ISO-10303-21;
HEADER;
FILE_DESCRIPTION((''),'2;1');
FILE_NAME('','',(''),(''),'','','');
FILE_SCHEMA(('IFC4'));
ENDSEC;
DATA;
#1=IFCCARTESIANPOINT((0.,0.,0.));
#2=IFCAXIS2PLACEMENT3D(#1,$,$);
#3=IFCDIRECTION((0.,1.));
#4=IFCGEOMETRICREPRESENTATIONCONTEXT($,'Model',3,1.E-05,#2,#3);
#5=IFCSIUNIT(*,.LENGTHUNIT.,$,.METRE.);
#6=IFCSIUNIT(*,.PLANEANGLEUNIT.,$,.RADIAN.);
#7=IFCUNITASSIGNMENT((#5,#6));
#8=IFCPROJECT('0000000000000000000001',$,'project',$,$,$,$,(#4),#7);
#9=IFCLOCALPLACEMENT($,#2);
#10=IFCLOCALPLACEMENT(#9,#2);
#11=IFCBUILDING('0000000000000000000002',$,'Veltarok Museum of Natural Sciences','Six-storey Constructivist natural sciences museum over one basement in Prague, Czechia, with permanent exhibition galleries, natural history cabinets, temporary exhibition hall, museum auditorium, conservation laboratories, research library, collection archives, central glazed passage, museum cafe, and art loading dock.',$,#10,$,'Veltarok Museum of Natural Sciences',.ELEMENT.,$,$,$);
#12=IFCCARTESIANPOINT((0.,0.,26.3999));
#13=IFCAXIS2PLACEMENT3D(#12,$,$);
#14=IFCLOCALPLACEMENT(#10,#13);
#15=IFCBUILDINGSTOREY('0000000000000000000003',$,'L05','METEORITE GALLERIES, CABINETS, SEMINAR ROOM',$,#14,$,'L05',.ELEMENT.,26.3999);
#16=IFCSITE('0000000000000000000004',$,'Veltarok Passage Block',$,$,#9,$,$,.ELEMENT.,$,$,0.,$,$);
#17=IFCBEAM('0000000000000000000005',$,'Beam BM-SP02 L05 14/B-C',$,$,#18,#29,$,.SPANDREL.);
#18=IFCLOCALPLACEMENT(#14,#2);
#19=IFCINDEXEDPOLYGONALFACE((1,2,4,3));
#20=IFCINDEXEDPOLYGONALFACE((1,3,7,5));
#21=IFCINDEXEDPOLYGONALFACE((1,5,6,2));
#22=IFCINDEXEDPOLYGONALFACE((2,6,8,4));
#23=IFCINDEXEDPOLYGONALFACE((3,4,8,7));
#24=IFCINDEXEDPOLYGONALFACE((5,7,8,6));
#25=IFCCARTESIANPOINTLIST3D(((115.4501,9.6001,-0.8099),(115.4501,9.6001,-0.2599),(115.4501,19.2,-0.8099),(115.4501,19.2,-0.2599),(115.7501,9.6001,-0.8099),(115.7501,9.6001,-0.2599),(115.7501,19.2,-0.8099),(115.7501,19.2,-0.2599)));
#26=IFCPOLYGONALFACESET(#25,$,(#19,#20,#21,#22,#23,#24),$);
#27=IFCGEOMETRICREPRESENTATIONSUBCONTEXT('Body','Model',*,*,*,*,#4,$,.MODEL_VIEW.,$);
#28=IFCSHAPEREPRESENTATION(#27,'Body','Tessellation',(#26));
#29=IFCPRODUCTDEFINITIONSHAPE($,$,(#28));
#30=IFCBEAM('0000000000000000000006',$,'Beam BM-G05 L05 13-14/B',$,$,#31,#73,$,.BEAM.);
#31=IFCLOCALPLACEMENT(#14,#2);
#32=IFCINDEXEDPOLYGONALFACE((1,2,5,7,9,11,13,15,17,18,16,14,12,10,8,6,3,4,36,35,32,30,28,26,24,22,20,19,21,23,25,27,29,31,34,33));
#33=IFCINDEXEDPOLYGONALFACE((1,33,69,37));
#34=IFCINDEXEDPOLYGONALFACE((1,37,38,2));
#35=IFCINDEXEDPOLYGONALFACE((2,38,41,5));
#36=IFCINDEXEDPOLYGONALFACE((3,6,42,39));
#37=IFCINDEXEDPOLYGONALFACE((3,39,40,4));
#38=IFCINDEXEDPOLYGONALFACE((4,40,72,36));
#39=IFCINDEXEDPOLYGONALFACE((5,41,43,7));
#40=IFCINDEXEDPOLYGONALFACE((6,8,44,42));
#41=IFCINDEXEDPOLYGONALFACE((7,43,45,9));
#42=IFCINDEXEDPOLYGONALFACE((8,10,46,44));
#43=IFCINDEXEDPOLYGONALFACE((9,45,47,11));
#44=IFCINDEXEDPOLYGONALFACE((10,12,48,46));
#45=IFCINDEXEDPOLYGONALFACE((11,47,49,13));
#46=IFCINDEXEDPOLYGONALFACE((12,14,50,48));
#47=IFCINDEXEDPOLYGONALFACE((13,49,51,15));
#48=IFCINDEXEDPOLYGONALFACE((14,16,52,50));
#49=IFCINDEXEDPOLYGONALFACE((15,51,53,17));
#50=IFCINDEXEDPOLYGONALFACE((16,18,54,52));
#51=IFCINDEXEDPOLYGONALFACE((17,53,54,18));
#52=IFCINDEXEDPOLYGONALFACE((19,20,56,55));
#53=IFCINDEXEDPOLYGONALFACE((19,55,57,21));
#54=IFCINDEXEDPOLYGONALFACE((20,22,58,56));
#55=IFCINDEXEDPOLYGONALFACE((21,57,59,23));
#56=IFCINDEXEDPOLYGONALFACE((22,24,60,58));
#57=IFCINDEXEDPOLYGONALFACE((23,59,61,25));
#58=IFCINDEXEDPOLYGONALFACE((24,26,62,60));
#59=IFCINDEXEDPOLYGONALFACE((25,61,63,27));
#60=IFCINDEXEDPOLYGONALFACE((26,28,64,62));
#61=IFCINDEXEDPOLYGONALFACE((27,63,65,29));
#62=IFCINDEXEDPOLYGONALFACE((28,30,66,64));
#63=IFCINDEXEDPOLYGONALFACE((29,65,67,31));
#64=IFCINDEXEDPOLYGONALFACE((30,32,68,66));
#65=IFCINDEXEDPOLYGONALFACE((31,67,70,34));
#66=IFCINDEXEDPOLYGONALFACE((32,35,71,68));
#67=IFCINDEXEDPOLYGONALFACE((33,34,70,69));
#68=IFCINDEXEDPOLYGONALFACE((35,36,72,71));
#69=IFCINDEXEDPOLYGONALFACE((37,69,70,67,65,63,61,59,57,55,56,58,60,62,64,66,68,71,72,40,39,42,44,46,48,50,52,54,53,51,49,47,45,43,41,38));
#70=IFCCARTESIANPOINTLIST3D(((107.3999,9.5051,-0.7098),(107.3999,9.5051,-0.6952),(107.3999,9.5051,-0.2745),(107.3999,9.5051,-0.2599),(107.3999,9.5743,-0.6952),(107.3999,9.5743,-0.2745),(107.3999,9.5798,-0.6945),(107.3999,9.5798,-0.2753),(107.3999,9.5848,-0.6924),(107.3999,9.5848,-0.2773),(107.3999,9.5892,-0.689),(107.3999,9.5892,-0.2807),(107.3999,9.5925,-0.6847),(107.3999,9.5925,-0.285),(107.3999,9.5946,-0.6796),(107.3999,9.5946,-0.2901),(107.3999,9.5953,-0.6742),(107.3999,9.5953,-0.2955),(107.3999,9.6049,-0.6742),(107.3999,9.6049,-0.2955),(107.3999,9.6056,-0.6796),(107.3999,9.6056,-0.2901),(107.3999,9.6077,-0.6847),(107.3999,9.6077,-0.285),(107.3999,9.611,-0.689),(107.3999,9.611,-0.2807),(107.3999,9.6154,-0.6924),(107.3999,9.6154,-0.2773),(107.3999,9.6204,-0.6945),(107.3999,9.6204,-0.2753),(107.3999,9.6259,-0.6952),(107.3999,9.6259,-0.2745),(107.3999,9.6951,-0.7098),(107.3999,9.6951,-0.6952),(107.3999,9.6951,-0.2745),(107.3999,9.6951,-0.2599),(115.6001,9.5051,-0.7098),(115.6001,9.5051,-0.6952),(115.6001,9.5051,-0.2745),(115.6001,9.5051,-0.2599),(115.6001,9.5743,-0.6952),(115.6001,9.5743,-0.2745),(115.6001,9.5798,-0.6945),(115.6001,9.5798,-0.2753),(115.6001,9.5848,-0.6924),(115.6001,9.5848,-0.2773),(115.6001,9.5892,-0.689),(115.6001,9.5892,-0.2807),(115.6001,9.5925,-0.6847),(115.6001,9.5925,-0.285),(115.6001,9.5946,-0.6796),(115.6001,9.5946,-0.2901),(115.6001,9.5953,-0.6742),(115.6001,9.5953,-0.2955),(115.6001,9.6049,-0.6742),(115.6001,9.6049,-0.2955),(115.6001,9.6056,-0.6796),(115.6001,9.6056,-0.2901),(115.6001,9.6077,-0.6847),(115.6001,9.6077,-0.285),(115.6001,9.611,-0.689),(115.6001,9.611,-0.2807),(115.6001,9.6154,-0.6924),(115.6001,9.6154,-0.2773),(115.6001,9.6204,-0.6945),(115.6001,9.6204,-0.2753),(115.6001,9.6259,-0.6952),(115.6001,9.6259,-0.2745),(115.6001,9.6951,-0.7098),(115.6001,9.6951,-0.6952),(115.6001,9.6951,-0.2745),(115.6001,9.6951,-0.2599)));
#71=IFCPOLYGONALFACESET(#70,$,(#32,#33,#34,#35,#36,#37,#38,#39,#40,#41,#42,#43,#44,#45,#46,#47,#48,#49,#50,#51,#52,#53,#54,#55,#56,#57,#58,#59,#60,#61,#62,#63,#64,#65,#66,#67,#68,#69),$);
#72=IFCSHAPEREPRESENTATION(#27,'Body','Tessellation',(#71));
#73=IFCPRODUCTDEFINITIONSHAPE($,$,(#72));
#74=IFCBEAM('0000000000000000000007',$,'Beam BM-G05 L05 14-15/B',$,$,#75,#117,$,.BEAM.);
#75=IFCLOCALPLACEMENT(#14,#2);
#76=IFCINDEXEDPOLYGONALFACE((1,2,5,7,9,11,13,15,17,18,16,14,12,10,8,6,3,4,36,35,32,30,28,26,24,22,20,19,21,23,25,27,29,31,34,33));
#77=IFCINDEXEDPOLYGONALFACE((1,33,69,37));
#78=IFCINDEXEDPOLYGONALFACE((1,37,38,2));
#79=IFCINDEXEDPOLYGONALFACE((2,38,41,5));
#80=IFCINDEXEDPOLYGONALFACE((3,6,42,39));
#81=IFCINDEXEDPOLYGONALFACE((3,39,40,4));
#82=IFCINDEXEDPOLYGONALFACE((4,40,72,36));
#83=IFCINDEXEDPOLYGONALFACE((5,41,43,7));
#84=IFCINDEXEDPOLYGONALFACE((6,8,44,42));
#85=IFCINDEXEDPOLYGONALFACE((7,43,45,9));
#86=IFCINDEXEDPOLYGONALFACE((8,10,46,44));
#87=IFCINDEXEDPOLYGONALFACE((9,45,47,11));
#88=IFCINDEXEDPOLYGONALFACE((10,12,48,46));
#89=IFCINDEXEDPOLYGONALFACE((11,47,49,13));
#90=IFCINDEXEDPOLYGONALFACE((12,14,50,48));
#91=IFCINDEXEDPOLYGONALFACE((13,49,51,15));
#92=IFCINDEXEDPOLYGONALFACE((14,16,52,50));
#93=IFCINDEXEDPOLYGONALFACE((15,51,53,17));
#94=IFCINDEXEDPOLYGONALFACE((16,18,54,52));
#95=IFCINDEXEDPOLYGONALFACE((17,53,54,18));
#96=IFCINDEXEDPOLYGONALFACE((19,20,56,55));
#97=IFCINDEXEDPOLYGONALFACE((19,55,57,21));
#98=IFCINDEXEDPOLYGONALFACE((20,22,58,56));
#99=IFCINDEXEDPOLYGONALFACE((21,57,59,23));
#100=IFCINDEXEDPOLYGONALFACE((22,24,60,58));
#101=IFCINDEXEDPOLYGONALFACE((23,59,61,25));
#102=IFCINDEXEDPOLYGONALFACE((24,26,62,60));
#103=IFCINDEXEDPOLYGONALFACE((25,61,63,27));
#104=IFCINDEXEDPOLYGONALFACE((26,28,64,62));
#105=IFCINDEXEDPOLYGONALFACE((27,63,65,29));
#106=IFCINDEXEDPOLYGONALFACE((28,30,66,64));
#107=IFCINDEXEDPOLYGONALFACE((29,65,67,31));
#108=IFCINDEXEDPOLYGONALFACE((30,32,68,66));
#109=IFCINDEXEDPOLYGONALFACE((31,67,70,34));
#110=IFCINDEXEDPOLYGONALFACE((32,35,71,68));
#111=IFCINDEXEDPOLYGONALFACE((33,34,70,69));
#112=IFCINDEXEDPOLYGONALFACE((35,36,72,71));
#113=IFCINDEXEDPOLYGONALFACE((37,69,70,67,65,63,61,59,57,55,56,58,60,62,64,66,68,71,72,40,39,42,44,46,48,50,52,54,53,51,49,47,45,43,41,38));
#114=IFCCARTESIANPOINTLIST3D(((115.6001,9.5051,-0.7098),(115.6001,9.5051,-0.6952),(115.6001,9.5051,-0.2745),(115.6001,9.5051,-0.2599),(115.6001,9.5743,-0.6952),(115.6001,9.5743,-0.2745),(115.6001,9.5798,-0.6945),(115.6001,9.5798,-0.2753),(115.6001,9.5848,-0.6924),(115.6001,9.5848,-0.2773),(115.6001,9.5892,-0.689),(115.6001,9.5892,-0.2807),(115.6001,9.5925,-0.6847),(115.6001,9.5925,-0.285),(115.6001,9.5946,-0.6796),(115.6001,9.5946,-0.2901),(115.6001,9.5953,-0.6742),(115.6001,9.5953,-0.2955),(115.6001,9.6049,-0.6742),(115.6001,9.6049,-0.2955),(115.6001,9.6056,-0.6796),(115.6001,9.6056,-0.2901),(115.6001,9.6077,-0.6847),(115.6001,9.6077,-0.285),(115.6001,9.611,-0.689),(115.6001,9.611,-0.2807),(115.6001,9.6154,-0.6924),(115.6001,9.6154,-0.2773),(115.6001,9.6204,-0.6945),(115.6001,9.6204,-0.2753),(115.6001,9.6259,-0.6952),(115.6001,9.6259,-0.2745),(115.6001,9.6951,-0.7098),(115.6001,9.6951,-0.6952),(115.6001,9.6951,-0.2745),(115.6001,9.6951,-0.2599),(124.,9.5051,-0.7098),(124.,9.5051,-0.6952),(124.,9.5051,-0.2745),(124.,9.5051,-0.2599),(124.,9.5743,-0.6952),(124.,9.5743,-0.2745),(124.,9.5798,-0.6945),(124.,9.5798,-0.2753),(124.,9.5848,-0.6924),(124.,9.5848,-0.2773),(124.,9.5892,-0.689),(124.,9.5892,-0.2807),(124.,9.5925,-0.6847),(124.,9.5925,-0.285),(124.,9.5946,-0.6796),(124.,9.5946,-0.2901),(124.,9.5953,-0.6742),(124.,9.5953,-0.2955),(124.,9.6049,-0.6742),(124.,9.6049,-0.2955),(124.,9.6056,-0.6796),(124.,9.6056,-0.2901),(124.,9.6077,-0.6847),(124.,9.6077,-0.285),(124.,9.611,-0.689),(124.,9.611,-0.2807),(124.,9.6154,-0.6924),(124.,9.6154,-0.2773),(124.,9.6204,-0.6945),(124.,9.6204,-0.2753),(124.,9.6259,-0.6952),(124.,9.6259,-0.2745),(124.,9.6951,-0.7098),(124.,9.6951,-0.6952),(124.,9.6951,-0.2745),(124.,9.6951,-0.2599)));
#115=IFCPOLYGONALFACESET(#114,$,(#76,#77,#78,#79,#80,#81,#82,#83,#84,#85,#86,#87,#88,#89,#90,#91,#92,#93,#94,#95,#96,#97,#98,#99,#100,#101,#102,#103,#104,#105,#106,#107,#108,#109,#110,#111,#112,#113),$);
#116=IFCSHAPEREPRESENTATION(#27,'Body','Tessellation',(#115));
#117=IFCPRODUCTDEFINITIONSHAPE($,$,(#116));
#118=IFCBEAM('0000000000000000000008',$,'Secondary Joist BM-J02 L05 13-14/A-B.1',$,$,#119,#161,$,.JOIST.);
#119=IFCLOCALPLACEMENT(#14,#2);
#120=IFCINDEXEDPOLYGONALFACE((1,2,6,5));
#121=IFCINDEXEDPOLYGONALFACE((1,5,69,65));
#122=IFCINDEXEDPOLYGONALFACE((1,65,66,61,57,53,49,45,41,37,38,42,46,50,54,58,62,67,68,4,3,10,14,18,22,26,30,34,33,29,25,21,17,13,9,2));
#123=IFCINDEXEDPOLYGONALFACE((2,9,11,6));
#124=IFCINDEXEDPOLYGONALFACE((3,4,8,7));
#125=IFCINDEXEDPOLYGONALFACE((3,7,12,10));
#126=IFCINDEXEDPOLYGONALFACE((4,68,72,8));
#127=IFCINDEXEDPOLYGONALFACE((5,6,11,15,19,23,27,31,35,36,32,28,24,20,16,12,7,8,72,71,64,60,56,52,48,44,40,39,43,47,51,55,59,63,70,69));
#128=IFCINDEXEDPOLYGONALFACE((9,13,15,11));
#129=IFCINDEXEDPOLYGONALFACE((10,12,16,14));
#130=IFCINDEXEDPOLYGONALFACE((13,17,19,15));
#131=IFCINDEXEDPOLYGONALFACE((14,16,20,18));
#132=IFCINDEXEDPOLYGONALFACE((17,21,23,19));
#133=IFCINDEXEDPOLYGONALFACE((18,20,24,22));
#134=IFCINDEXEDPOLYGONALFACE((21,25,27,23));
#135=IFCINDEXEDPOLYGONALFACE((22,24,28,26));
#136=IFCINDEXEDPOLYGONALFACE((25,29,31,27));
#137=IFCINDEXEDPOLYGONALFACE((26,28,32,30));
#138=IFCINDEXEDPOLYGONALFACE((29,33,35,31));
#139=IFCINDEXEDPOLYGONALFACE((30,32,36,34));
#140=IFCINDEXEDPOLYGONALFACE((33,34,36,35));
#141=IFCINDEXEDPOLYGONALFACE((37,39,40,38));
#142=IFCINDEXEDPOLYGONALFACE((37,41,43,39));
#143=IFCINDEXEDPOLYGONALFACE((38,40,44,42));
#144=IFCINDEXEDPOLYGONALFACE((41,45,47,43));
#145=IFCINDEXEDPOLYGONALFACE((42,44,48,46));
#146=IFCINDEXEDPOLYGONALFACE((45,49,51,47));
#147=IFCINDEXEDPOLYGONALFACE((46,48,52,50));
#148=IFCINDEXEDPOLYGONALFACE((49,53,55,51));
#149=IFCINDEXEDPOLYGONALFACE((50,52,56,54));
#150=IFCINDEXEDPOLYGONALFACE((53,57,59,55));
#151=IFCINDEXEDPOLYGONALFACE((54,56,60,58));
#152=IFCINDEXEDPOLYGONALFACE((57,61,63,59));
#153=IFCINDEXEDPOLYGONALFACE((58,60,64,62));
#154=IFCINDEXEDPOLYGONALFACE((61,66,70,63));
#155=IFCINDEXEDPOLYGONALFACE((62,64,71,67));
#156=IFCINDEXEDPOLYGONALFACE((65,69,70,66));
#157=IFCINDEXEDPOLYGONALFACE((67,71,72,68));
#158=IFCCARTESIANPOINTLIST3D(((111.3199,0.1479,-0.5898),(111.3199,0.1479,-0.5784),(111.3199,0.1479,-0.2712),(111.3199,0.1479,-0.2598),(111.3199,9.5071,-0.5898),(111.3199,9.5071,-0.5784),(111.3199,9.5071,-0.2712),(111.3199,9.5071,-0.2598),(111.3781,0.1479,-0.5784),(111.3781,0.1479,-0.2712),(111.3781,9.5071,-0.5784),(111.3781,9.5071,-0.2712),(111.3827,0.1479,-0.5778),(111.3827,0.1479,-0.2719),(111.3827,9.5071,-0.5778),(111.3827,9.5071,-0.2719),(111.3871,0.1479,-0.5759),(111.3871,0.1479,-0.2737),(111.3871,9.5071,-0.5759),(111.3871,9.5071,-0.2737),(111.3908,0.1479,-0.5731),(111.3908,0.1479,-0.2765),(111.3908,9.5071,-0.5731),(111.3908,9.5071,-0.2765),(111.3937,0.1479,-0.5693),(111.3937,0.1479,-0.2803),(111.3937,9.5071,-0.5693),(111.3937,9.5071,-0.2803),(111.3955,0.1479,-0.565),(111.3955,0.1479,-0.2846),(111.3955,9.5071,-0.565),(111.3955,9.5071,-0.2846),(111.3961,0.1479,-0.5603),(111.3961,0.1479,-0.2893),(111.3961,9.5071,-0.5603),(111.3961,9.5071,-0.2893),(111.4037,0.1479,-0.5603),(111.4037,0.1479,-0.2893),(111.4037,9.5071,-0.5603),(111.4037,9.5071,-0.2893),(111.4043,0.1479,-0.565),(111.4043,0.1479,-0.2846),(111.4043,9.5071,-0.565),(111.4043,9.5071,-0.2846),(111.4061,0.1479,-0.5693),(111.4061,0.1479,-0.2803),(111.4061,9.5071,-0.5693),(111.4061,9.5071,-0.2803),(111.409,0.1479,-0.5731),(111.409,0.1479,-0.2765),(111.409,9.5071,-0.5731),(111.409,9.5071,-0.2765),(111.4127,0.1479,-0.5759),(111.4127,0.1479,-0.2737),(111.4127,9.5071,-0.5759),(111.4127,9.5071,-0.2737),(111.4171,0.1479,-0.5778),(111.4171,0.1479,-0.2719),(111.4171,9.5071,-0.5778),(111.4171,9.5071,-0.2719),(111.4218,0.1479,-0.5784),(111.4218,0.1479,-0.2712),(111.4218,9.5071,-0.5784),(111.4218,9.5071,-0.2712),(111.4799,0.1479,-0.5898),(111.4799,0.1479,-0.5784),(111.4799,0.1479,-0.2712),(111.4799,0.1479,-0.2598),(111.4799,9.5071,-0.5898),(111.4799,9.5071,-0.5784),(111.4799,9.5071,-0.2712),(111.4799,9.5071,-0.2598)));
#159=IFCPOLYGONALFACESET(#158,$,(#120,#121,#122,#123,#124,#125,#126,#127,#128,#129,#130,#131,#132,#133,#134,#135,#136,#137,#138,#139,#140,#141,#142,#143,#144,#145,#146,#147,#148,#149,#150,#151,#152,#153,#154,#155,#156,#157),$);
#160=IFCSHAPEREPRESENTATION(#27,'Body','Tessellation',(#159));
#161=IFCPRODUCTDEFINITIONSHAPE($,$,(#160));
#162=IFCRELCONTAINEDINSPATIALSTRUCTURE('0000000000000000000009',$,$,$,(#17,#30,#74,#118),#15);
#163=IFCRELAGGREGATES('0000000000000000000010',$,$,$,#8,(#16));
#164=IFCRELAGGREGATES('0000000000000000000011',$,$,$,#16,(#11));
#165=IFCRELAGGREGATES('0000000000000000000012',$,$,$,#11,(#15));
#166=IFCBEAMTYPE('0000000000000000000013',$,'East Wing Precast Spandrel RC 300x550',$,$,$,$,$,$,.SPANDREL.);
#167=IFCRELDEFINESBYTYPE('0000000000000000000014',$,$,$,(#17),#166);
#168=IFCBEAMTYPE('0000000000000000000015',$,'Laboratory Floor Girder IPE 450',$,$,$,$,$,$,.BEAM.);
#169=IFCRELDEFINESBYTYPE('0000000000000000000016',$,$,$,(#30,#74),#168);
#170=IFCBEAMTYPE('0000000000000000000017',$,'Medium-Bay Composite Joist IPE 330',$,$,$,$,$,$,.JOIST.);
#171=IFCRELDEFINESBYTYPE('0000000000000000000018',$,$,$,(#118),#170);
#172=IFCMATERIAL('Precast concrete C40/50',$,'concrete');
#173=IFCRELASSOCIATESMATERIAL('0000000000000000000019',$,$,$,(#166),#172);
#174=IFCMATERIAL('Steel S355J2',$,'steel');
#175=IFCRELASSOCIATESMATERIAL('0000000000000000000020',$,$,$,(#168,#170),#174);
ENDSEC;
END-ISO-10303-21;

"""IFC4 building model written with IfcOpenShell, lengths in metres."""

from ifc_helpers import new_model, si_unit, direction, frame, origin, origin_2d, place, context, subcontext, project, spatial, rectangle, i_section, extrude, material, material_profile, profile_set, type_object, element, save


model = new_model("IFC4")

# Units and contexts
model_context = context("Model", 3, precision=1e-05, world=origin(), true_north=direction((0.0, 1.0)))
body_context = subcontext(model_context, "Body", "Model", "MODEL_VIEW")
ifc_project = project(units=[si_unit("LENGTHUNIT", "METRE"), si_unit("PLANEANGLEUNIT", "RADIAN")], contexts=[model_context])

# Site, building, storey
site_placement = place(None, origin())
site = spatial("IfcSite", under=ifc_project, at=site_placement, Name="Veltarok Passage Block", CompositionType="ELEMENT", RefElevation=0.0)
building_placement = place(site_placement, origin())
building = spatial("IfcBuilding", under=site, at=building_placement, Name="Veltarok Museum of Natural Sciences", Description="Six-storey Constructivist natural sciences museum over one basement in Prague, Czechia, with permanent exhibition galleries, natural history cabinets, temporary exhibition hall, museum auditorium, conservation laboratories, research library, collection archives, central glazed passage, museum cafe, and art loading dock.", LongName="Veltarok Museum of Natural Sciences", CompositionType="ELEMENT")
storey_placement = place(building_placement, frame((0.0, 0.0, 26.3999)))
storey = spatial("IfcBuildingStorey", under=building, at=storey_placement, Name="L05", Description="METEORITE GALLERIES, CABINETS, SEMINAR ROOM", LongName="L05", CompositionType="ELEMENT", Elevation=26.3999)

# Shared definitions
ifc_material_1 = material(Name="Steel S355J2", Category="steel")

# Beams
ifc_material_2 = material(Name="Precast concrete C40/50", Category="concrete")
ifc_material_profile_1 = material_profile(ifc_material_2, rectangle(XDim=0.3, YDim=0.55, at=origin_2d()), Name="RC 300x550")
ifc_profile_set_1 = profile_set([ifc_material_profile_1], Name="Precast concrete C40/50")
beam_type_1 = type_object("IfcBeamType", Name="East Wing Precast Spandrel RC 300x550", PredefinedType="SPANDREL", material=ifc_profile_set_1)
beam_1_placement = place(storey_placement, frame((115.6001, 9.6001, -0.5349), z_axis=(0.0, 1.0, 0.0), x_axis=(-1.0, 0.0, 0.0)))
element("IfcBeam", 1, at=beam_1_placement, inside=storey, type_object=beam_type_1, Name="Beam BM-SP02 L05 14/B-C", PredefinedType="SPANDREL", context=body_context, shape_type="SweptSolid", body=[
    extrude(rectangle(XDim=0.3, YDim=0.55, at=origin_2d()), origin(), (0.0, 0.0, 1.0), 9.5999),
])
ifc_material_profile_2 = material_profile(ifc_material_1, i_section(OverallWidth=0.1899, OverallDepth=0.45, WebThickness=0.0095, FlangeThickness=0.0146, FilletRadius=0.021, at=origin_2d()), Name="IPE 450")
ifc_profile_set_2 = profile_set([ifc_material_profile_2], Name="Steel S355J2")
beam_type_2 = type_object("IfcBeamType", Name="Laboratory Floor Girder IPE 450", PredefinedType="BEAM", material=ifc_profile_set_2)
beam_2_placement = place(storey_placement, frame((107.3999, 9.6001, -0.4849), z_axis=(1.0, 0.0, 0.0), x_axis=(0.0, 1.0, 0.0)))
element("IfcBeam", 2, at=beam_2_placement, inside=storey, type_object=beam_type_2, Name="Beam BM-G05 L05 13-14/B", PredefinedType="BEAM", context=body_context, shape_type="SweptSolid", body=[
    extrude(i_section(OverallWidth=0.1899, OverallDepth=0.45, WebThickness=0.0095, FlangeThickness=0.0146, FilletRadius=0.021, at=origin_2d()), origin(), (0.0, 0.0, 1.0), 8.2002),
])
beam_3_placement = place(storey_placement, frame((115.6001, 9.6001, -0.4849), z_axis=(1.0, 0.0, 0.0), x_axis=(0.0, 1.0, 0.0)))
element("IfcBeam", 3, at=beam_3_placement, inside=storey, type_object=beam_type_2, Name="Beam BM-G05 L05 14-15/B", PredefinedType="BEAM", context=body_context, shape_type="SweptSolid", body=[
    extrude(i_section(OverallWidth=0.1899, OverallDepth=0.45, WebThickness=0.0095, FlangeThickness=0.0146, FilletRadius=0.021, at=origin_2d()), origin(), (0.0, 0.0, 1.0), 8.3999),
])
ifc_material_profile_3 = material_profile(ifc_material_1, i_section(OverallWidth=0.1599, OverallDepth=0.3301, WebThickness=0.0076, FlangeThickness=0.0115, FilletRadius=0.0181, at=origin_2d()), Name="IPE 330")
ifc_profile_set_3 = profile_set([ifc_material_profile_3], Name="Steel S355J2")
beam_type_3 = type_object("IfcBeamType", Name="Medium-Bay Composite Joist IPE 330", PredefinedType="JOIST", material=ifc_profile_set_3)
beam_4_placement = place(storey_placement, frame((111.3999, 0.1479, -0.4248), z_axis=(0.0, 1.0, 0.0), x_axis=(-1.0, 0.0, 0.0)))
element("IfcBeam", 4, at=beam_4_placement, inside=storey, type_object=beam_type_3, Name="Secondary Joist BM-J02 L05 13-14/A-B.1", PredefinedType="JOIST", context=body_context, shape_type="SweptSolid", body=[
    extrude(i_section(OverallWidth=0.1599, OverallDepth=0.3301, WebThickness=0.0076, FlangeThickness=0.0115, FilletRadius=0.0181, at=origin_2d()), origin(), (0.0, 0.0, 1.0), 9.3591),
])

save(model, "model.ifc")
